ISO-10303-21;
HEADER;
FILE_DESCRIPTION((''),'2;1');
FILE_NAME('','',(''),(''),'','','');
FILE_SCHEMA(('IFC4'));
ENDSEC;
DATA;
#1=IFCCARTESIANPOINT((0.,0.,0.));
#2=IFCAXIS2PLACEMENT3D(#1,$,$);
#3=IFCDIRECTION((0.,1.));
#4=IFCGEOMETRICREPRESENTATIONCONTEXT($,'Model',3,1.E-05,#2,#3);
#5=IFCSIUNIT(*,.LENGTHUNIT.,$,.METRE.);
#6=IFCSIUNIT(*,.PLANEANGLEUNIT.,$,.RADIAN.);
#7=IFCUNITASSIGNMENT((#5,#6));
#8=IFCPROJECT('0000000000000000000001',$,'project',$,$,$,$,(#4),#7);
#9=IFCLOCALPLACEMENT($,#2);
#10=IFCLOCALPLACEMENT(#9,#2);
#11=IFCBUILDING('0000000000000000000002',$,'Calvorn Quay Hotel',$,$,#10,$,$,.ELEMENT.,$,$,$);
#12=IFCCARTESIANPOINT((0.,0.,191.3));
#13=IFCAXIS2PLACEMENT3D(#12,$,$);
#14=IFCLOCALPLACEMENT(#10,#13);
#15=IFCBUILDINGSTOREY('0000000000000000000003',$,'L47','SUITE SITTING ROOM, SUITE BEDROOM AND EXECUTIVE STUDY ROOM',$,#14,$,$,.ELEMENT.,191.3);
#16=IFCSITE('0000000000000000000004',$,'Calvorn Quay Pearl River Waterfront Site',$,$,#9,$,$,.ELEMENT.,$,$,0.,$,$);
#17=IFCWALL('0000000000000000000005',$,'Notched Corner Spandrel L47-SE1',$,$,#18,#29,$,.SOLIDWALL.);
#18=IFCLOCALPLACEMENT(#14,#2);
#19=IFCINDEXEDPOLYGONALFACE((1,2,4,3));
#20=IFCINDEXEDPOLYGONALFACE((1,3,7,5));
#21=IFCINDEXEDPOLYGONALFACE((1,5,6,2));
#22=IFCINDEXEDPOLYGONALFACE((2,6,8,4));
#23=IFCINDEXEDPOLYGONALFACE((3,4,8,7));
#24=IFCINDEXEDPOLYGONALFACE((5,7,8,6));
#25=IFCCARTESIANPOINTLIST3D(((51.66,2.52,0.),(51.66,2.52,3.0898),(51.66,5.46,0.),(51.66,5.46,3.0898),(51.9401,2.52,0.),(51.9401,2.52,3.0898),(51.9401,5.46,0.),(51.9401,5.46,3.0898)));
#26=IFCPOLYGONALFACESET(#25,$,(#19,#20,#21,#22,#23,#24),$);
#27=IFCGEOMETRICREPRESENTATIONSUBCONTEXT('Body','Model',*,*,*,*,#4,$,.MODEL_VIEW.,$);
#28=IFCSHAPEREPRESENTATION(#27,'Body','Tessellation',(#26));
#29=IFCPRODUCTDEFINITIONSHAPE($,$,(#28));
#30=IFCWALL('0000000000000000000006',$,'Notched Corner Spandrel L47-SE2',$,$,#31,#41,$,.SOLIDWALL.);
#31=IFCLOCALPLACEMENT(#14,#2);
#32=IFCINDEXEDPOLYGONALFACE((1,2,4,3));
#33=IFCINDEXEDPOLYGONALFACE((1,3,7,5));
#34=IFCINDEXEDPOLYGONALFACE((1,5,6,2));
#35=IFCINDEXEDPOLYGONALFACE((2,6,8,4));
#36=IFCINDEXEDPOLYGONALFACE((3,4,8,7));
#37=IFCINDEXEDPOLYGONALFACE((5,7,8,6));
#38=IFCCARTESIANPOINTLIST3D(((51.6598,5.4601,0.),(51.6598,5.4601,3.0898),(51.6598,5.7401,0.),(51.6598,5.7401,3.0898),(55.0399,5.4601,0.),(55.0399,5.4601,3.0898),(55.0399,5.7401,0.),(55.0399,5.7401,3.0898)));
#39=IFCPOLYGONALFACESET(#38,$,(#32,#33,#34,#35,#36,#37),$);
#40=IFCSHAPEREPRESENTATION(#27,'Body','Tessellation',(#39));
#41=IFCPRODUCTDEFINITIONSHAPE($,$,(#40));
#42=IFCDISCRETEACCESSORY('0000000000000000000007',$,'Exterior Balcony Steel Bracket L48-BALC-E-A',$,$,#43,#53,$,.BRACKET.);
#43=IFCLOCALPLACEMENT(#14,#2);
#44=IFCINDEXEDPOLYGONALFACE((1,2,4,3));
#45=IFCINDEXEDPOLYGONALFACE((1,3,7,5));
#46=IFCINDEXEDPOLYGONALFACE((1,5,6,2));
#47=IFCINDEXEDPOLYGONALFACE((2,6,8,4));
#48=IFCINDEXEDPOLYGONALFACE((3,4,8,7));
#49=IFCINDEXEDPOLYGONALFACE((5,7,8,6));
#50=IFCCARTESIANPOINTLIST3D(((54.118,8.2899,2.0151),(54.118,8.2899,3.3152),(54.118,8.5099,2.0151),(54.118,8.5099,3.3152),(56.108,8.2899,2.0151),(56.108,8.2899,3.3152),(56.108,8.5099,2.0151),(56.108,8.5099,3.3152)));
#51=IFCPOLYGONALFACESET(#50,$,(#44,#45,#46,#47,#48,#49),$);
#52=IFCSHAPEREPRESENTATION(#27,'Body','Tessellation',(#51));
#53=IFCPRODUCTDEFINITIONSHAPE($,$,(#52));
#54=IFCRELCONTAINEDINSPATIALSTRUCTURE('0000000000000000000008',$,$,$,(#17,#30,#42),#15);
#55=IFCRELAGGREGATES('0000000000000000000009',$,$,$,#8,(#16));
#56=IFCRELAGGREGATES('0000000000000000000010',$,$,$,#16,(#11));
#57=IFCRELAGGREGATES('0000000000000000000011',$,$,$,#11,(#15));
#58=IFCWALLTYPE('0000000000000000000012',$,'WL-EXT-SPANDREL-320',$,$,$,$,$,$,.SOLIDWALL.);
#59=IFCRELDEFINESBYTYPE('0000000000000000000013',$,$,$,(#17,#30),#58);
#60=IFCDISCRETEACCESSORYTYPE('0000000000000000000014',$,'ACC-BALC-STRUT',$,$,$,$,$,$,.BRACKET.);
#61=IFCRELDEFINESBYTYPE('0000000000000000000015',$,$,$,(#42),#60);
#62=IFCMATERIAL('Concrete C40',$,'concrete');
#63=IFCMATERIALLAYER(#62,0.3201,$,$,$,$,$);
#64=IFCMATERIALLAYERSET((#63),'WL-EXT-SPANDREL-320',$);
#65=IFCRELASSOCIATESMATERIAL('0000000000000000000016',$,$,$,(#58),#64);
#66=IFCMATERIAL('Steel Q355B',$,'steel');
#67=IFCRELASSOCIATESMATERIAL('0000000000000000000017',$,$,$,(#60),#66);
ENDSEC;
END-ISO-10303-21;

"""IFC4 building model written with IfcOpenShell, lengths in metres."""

from ifc_helpers import new_model, si_unit, direction, frame, frame_2d, origin, origin_2d, place, context, subcontext, project, spatial, rectangle, extrude, material, layer, layer_set, type_object, element, save


model = new_model("IFC4")

# Units and contexts
model_context = context("Model", 3, precision=1e-05, world=origin(), true_north=direction((0.0, 1.0)))
body_context = subcontext(model_context, "Body", "Model", "MODEL_VIEW")
ifc_project = project(units=[si_unit("LENGTHUNIT", "METRE"), si_unit("PLANEANGLEUNIT", "RADIAN")], contexts=[model_context])

# Site, building, storey
site_placement = place(None, origin())
site = spatial("IfcSite", under=ifc_project, at=site_placement, Name="Calvorn Quay Pearl River Waterfront Site", CompositionType="ELEMENT", RefElevation=0.0)
building_placement = place(site_placement, origin())
building = spatial("IfcBuilding", under=site, at=building_placement, Name="Calvorn Quay Hotel", CompositionType="ELEMENT")
storey_placement = place(building_placement, frame((0.0, 0.0, 191.3)))
storey = spatial("IfcBuildingStorey", under=building, at=storey_placement, Name="L47", Description="SUITE SITTING ROOM, SUITE BEDROOM AND EXECUTIVE STUDY ROOM", CompositionType="ELEMENT", Elevation=191.3)

# Walls
ifc_material_1 = material(Name="Concrete C40", Category="concrete")
ifc_layer_1 = layer(ifc_material_1, 0.3201)
ifc_layer_set_1 = layer_set([ifc_layer_1], Name="WL-EXT-SPANDREL-320")
wall_type = type_object("IfcWallType", Name="WL-EXT-SPANDREL-320", PredefinedType="SOLIDWALL", material=ifc_layer_set_1)
wall_1_placement = place(storey_placement, frame((51.8, 2.52, 0.0), z_axis=(0.0, 0.0, 1.0), x_axis=(0.0, 1.0, 0.0)))
element("IfcWall", 1, at=wall_1_placement, inside=storey, type_object=wall_type, Name="Notched Corner Spandrel L47-SE1", PredefinedType="SOLIDWALL", context=body_context, shape_type="SweptSolid", body=[
    extrude(rectangle(XDim=2.9399, YDim=0.28, at=frame_2d((1.47, 0.0))), origin(), (0.0, 0.0, 1.0), 3.0898),
])
wall_2_placement = place(storey_placement, frame((51.6599, 5.6001, 0.0), z_axis=(0.0, 0.0, 1.0), x_axis=(1.0, 0.0, 0.0)))
element("IfcWall", 2, at=wall_2_placement, inside=storey, type_object=wall_type, Name="Notched Corner Spandrel L47-SE2", PredefinedType="SOLIDWALL", context=body_context, shape_type="SweptSolid", body=[
    extrude(rectangle(XDim=3.3801, YDim=0.28, at=frame_2d((1.6899, 0.0))), origin(), (0.0, 0.0, 1.0), 3.0898),
])

# Discrete accessory
ifc_material_2 = material(Name="Steel Q355B", Category="steel")
discrete_accessory_type = type_object("IfcDiscreteAccessoryType", Name="ACC-BALC-STRUT", PredefinedType="BRACKET", material=ifc_material_2)
discrete_accessory_placement = place(storey_placement, frame((55.113, 8.3999, 2.0151), z_axis=(0.0, 0.0, 1.0), x_axis=(1.0, 0.0, 0.0)))
element("IfcDiscreteAccessory", 3, at=discrete_accessory_placement, inside=storey, type_object=discrete_accessory_type, Name="Exterior Balcony Steel Bracket L48-BALC-E-A", PredefinedType="BRACKET", context=body_context, shape_type="SweptSolid", body=[
    extrude(rectangle(XDim=1.99, YDim=0.22, at=origin_2d()), origin(), (0.0, 0.0, 1.0), 1.3),
])

save(model, "model.ifc")
